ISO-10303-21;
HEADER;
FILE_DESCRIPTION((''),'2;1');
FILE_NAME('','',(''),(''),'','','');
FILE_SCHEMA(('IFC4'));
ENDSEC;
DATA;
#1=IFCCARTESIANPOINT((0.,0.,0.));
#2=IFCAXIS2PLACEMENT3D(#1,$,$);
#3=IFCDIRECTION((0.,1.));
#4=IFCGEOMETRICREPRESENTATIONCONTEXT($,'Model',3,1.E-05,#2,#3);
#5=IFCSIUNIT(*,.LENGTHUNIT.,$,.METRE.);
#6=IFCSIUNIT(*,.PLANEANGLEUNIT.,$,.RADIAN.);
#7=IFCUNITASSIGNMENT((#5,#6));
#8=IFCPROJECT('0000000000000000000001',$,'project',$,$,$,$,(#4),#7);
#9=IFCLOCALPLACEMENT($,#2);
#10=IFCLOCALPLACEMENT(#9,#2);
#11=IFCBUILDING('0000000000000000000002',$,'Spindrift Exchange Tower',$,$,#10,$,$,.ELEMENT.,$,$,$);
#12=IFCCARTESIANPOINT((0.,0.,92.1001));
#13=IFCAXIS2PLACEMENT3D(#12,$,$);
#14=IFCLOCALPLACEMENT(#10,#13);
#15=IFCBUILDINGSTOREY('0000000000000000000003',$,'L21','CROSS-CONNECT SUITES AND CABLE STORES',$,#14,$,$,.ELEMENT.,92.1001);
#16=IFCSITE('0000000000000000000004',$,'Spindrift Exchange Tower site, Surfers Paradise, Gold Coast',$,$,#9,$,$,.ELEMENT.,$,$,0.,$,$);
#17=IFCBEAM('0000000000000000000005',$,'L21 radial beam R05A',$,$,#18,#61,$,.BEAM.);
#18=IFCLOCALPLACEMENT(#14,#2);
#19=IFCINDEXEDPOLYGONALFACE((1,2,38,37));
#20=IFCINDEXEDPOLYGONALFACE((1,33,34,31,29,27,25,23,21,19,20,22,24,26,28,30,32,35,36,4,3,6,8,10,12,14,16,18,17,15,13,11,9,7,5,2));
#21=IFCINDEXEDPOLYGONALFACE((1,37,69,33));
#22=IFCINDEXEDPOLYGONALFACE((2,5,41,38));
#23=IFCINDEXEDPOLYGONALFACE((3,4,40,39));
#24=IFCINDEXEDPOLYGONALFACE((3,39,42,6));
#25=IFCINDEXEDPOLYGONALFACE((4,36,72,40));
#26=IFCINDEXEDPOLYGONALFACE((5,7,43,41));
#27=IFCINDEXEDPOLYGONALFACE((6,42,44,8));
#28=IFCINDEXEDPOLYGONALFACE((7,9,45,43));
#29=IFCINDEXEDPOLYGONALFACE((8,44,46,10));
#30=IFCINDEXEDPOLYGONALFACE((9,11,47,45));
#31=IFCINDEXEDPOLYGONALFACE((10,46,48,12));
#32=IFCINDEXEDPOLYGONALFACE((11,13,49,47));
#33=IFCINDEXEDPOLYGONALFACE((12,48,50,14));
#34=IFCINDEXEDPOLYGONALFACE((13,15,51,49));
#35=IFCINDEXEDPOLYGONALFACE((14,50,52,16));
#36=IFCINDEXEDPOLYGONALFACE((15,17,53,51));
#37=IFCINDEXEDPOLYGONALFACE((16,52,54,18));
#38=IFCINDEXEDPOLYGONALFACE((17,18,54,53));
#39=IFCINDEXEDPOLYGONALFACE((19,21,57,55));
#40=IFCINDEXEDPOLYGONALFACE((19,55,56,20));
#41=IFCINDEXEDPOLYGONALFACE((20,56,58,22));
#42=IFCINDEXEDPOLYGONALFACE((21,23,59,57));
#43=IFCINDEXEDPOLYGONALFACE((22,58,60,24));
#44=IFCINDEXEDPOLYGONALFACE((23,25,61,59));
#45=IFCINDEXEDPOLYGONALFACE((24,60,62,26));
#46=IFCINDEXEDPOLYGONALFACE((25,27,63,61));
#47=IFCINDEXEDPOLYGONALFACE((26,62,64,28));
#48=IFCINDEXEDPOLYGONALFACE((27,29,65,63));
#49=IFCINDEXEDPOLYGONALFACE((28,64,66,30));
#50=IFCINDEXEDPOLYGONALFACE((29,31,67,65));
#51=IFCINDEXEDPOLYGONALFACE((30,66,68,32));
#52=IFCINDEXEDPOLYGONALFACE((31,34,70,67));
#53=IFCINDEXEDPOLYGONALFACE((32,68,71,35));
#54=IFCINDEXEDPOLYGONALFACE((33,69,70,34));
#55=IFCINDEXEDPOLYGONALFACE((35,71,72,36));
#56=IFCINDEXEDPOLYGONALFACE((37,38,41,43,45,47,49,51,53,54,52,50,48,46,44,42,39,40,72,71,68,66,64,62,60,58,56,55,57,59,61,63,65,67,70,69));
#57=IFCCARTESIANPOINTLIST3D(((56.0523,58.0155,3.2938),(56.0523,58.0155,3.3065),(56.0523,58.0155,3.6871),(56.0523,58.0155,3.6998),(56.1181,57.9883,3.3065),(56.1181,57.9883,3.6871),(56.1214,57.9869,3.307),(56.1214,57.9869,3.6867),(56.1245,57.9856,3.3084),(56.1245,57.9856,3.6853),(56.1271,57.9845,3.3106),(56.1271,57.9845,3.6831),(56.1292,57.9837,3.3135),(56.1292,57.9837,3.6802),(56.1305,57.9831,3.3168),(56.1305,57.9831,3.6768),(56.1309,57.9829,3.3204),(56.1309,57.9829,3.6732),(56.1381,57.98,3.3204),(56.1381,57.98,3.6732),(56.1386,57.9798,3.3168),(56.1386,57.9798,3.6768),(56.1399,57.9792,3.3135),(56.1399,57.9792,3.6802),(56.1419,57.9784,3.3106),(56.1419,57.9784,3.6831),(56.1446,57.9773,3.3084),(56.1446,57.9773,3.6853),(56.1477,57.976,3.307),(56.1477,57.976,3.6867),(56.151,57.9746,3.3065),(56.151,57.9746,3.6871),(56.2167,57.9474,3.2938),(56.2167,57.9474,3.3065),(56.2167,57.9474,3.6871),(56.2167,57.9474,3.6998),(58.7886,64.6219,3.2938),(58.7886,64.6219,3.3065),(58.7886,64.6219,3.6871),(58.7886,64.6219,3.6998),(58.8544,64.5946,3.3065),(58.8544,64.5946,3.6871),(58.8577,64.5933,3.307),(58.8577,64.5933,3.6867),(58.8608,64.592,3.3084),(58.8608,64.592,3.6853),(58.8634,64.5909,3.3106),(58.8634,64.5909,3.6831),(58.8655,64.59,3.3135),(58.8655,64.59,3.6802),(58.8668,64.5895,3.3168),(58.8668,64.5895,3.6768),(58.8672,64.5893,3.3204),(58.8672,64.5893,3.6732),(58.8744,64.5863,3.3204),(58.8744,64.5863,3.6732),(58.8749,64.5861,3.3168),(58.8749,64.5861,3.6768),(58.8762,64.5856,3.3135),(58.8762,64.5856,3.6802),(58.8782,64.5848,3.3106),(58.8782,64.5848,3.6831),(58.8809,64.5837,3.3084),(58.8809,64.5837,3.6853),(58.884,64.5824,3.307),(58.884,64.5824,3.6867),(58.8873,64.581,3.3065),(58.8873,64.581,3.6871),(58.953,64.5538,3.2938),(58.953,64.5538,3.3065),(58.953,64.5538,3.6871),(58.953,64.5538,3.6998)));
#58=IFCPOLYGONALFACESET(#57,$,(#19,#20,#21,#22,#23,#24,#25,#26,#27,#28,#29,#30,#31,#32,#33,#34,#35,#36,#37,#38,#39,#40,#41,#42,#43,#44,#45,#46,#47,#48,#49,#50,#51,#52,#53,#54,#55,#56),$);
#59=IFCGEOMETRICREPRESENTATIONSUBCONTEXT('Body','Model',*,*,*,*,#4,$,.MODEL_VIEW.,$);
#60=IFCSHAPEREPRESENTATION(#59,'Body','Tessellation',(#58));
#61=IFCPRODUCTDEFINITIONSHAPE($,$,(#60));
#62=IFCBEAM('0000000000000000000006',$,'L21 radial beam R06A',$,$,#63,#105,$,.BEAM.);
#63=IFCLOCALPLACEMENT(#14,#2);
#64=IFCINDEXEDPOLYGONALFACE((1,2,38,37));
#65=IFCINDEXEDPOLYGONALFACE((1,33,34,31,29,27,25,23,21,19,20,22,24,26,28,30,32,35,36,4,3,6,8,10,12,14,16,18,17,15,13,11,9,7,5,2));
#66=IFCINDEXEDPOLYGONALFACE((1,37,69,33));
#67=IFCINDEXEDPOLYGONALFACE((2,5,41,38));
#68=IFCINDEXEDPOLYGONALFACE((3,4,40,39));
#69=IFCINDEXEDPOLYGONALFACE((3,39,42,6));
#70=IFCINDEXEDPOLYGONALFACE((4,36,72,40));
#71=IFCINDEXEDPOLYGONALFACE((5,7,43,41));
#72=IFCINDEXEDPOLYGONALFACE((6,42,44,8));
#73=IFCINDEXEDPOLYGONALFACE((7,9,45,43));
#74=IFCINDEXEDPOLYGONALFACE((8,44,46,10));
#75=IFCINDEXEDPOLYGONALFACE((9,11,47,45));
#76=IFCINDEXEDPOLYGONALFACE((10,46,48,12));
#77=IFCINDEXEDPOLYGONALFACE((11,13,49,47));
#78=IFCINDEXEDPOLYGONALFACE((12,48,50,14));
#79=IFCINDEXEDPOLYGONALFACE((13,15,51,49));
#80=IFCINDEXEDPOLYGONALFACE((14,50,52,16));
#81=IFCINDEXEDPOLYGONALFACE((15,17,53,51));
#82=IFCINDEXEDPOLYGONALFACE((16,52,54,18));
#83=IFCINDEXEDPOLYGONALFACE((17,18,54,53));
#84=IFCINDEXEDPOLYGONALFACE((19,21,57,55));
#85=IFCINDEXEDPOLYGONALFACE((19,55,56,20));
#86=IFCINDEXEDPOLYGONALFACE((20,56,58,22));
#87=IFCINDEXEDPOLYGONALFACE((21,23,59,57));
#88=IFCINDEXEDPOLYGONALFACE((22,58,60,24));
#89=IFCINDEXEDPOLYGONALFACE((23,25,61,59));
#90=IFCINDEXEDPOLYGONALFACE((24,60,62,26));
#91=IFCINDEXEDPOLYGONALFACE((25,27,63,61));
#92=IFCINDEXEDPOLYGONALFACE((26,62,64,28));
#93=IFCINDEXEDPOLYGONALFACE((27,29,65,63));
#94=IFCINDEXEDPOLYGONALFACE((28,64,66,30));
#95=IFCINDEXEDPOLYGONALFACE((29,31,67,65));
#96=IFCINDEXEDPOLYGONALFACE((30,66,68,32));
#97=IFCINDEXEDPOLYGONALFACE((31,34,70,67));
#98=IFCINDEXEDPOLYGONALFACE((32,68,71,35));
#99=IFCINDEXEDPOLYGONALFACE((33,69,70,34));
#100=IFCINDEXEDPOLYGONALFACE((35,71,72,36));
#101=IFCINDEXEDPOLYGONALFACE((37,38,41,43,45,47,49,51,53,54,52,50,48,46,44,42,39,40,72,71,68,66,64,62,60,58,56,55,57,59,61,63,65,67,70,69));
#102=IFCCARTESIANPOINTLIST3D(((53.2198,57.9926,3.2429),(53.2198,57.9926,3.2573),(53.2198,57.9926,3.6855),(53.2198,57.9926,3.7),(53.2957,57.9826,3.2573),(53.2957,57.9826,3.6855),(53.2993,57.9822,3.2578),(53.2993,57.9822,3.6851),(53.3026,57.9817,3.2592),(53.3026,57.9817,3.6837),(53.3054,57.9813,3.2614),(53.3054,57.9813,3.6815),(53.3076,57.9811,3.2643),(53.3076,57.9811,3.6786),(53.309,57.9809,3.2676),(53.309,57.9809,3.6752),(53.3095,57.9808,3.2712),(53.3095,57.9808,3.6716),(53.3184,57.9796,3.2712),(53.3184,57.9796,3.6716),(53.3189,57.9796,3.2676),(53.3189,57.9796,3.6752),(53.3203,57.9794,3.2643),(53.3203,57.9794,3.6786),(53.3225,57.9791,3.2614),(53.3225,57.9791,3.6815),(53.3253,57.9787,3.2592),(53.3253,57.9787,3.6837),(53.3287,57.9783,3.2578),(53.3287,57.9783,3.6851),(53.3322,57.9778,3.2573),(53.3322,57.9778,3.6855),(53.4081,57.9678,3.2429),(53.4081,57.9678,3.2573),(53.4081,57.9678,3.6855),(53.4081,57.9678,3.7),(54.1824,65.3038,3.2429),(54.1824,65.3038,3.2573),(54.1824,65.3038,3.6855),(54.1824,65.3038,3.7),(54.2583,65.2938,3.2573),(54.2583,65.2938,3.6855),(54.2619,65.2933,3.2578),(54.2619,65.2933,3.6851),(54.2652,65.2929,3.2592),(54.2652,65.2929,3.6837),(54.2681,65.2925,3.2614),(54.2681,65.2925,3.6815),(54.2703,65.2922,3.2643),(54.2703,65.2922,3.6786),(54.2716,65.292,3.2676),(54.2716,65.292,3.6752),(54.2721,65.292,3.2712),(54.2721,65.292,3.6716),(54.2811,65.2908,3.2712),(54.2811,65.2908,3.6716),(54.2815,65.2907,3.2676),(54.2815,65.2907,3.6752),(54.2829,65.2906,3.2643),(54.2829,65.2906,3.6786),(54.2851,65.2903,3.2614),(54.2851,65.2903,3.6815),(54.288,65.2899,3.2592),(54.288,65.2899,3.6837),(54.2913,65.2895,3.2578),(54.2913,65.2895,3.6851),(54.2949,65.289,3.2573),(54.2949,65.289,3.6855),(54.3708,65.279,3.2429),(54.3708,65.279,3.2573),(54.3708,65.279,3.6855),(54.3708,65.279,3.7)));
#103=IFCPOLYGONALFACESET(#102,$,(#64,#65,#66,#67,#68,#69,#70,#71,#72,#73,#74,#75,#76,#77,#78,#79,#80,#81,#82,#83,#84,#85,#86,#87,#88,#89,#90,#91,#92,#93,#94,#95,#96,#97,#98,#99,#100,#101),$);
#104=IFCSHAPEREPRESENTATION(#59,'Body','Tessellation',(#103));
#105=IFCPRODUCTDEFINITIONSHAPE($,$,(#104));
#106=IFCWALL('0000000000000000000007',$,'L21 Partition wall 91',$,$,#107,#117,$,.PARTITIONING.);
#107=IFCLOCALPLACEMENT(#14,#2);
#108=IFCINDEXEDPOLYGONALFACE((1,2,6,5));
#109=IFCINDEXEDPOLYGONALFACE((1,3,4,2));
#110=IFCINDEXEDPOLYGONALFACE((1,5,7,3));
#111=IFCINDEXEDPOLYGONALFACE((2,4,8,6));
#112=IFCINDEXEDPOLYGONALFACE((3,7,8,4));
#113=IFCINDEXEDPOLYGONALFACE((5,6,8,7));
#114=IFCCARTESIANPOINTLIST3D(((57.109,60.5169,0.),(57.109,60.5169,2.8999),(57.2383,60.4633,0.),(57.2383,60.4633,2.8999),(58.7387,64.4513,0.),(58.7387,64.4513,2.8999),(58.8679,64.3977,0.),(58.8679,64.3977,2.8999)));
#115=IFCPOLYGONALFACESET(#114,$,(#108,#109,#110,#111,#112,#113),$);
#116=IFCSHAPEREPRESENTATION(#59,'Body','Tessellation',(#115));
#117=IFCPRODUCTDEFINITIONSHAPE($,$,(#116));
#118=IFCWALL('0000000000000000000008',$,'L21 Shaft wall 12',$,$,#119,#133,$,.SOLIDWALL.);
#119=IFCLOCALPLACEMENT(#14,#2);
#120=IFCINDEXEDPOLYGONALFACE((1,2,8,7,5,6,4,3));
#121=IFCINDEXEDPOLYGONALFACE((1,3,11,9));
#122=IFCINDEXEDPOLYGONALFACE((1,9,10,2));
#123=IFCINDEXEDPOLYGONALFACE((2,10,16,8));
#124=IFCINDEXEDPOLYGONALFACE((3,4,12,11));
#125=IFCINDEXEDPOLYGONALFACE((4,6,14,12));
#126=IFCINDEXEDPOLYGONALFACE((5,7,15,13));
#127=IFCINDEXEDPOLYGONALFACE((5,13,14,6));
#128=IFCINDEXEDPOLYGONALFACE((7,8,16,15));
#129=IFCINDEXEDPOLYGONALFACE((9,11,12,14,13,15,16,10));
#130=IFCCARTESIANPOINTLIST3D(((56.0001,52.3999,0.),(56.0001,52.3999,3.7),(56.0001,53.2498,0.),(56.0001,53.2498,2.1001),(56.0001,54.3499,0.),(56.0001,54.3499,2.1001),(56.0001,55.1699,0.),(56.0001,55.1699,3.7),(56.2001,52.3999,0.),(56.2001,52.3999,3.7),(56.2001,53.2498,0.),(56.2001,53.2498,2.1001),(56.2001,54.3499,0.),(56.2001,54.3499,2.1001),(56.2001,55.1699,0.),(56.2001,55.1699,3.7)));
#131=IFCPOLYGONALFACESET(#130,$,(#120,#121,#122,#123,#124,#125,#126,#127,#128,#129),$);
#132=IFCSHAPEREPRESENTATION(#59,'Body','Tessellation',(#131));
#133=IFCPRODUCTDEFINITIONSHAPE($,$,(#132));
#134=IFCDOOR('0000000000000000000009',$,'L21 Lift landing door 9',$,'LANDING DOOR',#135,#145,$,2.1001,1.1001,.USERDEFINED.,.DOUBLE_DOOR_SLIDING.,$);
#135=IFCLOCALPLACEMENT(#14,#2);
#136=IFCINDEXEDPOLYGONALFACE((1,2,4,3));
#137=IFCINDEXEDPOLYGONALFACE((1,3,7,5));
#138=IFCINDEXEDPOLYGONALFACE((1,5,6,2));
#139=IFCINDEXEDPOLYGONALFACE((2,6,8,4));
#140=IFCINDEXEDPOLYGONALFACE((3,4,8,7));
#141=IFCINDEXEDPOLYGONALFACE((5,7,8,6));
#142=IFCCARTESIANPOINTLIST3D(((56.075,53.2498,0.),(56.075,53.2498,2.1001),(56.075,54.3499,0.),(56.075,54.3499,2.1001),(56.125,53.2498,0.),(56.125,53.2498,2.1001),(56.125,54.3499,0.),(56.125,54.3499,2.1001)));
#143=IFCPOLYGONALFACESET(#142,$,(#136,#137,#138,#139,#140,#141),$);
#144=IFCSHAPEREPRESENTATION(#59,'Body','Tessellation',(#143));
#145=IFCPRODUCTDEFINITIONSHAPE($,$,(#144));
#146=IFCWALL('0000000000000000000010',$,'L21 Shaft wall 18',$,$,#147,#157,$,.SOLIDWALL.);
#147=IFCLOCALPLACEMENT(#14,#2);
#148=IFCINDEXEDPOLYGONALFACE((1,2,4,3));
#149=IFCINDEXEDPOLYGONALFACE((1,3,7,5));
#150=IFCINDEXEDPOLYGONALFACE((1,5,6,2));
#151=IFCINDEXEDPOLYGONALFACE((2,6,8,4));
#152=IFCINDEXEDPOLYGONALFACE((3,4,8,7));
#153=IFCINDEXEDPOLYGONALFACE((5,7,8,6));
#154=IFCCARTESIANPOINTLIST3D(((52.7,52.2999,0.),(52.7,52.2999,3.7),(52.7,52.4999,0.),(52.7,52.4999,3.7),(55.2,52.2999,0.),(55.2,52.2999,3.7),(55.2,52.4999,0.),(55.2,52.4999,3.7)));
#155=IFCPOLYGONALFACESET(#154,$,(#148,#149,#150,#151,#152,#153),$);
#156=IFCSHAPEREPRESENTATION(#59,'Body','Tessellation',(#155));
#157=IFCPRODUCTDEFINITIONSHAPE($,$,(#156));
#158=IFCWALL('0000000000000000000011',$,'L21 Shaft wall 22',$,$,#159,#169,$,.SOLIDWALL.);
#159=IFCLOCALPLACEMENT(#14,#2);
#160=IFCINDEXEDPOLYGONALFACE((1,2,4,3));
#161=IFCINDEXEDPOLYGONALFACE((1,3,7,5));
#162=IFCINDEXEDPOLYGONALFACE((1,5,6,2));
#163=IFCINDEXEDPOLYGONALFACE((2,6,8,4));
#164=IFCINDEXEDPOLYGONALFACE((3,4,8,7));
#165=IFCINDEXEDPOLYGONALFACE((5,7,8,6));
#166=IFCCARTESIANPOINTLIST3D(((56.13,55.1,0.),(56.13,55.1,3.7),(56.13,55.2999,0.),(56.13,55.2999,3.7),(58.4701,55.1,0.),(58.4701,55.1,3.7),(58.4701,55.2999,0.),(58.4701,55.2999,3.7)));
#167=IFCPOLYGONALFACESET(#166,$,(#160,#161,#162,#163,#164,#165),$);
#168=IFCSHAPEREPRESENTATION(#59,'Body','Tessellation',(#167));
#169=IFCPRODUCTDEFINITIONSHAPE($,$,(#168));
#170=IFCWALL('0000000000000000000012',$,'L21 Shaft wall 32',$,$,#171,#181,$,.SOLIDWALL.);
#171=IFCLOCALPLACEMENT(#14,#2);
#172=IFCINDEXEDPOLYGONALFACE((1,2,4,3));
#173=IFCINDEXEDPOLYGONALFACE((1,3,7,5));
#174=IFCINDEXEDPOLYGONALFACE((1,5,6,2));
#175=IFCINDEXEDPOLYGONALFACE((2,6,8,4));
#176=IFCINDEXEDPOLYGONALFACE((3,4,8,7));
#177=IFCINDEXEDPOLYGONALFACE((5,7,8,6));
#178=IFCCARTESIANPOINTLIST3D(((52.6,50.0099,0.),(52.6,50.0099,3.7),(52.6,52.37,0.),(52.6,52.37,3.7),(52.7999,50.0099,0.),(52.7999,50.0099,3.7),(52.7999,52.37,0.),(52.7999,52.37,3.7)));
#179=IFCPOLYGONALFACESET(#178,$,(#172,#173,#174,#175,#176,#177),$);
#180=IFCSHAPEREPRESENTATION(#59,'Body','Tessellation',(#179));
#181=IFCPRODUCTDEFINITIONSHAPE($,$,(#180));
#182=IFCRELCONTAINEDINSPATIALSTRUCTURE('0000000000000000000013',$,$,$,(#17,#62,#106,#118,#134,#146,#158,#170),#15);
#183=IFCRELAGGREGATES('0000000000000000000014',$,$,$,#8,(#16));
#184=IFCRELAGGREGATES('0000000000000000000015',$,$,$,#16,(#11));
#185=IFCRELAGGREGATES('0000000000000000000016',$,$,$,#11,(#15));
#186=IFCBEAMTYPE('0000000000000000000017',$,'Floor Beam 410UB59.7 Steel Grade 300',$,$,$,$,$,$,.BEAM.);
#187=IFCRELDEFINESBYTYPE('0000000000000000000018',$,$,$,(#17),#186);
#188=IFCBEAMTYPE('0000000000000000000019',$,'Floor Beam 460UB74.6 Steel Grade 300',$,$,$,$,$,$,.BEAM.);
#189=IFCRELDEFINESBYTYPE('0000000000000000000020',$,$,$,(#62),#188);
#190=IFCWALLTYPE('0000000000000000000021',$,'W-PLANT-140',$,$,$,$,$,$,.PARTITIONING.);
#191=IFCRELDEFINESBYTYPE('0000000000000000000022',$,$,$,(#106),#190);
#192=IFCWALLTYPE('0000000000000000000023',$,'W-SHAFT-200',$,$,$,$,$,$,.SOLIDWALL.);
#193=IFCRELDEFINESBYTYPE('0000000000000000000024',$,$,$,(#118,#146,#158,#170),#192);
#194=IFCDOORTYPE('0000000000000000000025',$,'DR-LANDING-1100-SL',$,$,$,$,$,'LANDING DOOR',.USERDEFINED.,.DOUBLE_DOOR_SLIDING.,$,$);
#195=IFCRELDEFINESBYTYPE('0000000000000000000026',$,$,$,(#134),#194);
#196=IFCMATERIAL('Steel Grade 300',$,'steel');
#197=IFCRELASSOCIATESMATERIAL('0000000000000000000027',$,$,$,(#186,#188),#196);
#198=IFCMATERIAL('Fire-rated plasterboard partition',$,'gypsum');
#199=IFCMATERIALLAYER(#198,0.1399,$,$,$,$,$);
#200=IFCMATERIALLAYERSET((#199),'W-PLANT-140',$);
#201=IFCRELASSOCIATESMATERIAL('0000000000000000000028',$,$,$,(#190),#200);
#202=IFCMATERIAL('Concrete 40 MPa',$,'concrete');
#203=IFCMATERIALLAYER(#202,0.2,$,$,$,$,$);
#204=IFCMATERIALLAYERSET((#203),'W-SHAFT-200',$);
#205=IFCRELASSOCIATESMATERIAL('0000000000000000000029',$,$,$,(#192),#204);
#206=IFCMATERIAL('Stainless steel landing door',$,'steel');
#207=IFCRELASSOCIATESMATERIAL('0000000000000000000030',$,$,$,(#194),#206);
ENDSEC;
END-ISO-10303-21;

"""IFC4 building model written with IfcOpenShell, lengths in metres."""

from ifc_helpers import new_model, si_unit, direction, frame, frame_2d, origin, origin_2d, place, context, subcontext, project, spatial, rectangle, i_section, extrude, source, transform, mapped, material, layer, layer_set, material_profile, profile_set, type_object, element, fill, save


model = new_model("IFC4")

# Units and contexts
model_context = context("Model", 3, precision=1e-05, world=origin(), true_north=direction((0.0, 1.0)))
body_context = subcontext(model_context, "Body", "Model", "MODEL_VIEW")
ifc_project = project(units=[si_unit("LENGTHUNIT", "METRE"), si_unit("PLANEANGLEUNIT", "RADIAN")], contexts=[model_context])

# Site, building, storey
site_placement = place(None, origin())
site = spatial("IfcSite", under=ifc_project, at=site_placement, Name="Spindrift Exchange Tower site, Surfers Paradise, Gold Coast", CompositionType="ELEMENT", RefElevation=0.0)
building_placement = place(site_placement, origin())
building = spatial("IfcBuilding", under=site, at=building_placement, Name="Spindrift Exchange Tower", CompositionType="ELEMENT")
storey_placement = place(building_placement, frame((0.0, 0.0, 92.1001)))
storey = spatial("IfcBuildingStorey", under=building, at=storey_placement, Name="L21", Description="CROSS-CONNECT SUITES AND CABLE STORES", CompositionType="ELEMENT", Elevation=92.1001)

# Beams
ifc_material_1 = material(Name="Steel Grade 300", Category="steel")
ifc_material_profile_1 = material_profile(ifc_material_1, i_section(OverallWidth=0.178, OverallDepth=0.406, WebThickness=0.0078, FlangeThickness=0.0127, FilletRadius=0.0139, at=origin_2d()), Name="410UB59.7")
ifc_profile_set_1 = profile_set([ifc_material_profile_1], Name="Steel Grade 300")
beam_type_1 = type_object("IfcBeamType", Name="Floor Beam 410UB59.7 Steel Grade 300", PredefinedType="BEAM", material=ifc_profile_set_1)
shared_shape_1 = source(origin(), body_context, "Body", "SweptSolid", [
    extrude(i_section(OverallWidth=0.178, OverallDepth=0.406, WebThickness=0.0078, FlangeThickness=0.0127, FilletRadius=0.0139, at=origin_2d()), origin(), (0.0, 0.0, 1.0), 7.1506),
])
beam_1_placement = place(storey_placement, frame((56.1345, 57.9814, 3.4968), z_axis=(0.382665, 0.923887, 0.0), x_axis=(-0.923887, 0.382665, 0.0)))
element("IfcBeam", 1, at=beam_1_placement, inside=storey, type_object=beam_type_1, Name="L21 radial beam R05A", PredefinedType="BEAM", context=body_context, shape_type="MappedRepresentation", body=[
    mapped(shared_shape_1, transform((0.0, 0.0, 0.0), scale=1.0)),
])
ifc_material_profile_2 = material_profile(ifc_material_1, i_section(OverallWidth=0.1899, OverallDepth=0.457, WebThickness=0.009, FlangeThickness=0.0144, FilletRadius=0.0139, at=origin_2d()), Name="460UB74.6")
ifc_profile_set_2 = profile_set([ifc_material_profile_2], Name="Steel Grade 300")
beam_type_2 = type_object("IfcBeamType", Name="Floor Beam 460UB74.6 Steel Grade 300", PredefinedType="BEAM", material=ifc_profile_set_2)
shared_shape_2 = source(origin(), body_context, "Body", "SweptSolid", [
    extrude(i_section(OverallWidth=0.1899, OverallDepth=0.457, WebThickness=0.009, FlangeThickness=0.0144, FilletRadius=0.0139, at=origin_2d()), origin(), (0.0, 0.0, 1.0), 7.3743),
])
beam_2_placement = place(storey_placement, frame((53.314, 57.9802, 3.4714), z_axis=(0.130539, 0.991443, 0.0), x_axis=(-0.991443, 0.130539, 0.0)))
element("IfcBeam", 2, at=beam_2_placement, inside=storey, type_object=beam_type_2, Name="L21 radial beam R06A", PredefinedType="BEAM", context=body_context, shape_type="MappedRepresentation", body=[
    mapped(shared_shape_2, transform((0.0, 0.0, 0.0), scale=1.0)),
])

# Wall
ifc_material_2 = material(Name="Fire-rated plasterboard partition", Category="gypsum")
ifc_layer_1 = layer(ifc_material_2, 0.1399)
ifc_layer_set_1 = layer_set([ifc_layer_1], Name="W-PLANT-140")
wall_type_1 = type_object("IfcWallType", Name="W-PLANT-140", PredefinedType="PARTITIONING", material=ifc_layer_set_1)
wall_1_placement = place(storey_placement, frame((57.1736, 60.49, 0.0), z_axis=(0.0, 0.0, 1.0), x_axis=(0.382681, 0.923881, 0.0)))
element("IfcWall", 3, at=wall_1_placement, inside=storey, type_object=wall_type_1, Name="L21 Partition wall 91", PredefinedType="PARTITIONING", context=body_context, shape_type="SweptSolid", body=[
    extrude(rectangle(XDim=4.2585, YDim=0.1399, at=frame_2d((2.1294, 0.0))), origin(), (0.0, 0.0, 1.0), 2.8999),
])

# Wall, opening, door
ifc_material_3 = material(Name="Concrete 40 MPa", Category="concrete")
ifc_layer_2 = layer(ifc_material_3, 0.2)
ifc_layer_set_2 = layer_set([ifc_layer_2], Name="W-SHAFT-200")
wall_type_2 = type_object("IfcWallType", Name="W-SHAFT-200", PredefinedType="SOLIDWALL", material=ifc_layer_set_2)
wall_2_placement = place(storey_placement, frame((56.1001, 55.1699, 0.0), z_axis=(0.0, 0.0, 1.0), x_axis=(0.0, -1.0, 0.0)))
wall_2 = element("IfcWall", 4, at=wall_2_placement, inside=storey, type_object=wall_type_2, Name="L21 Shaft wall 12", PredefinedType="SOLIDWALL", context=body_context, shape_type="SweptSolid", body=[
    extrude(rectangle(XDim=2.77, YDim=0.2, at=frame_2d((1.385, 0.0))), origin(), (0.0, 0.0, 1.0), 3.7),
])
opening_1_placement = place(wall_2_placement, frame((0.8201, 0.0, 0.0)))
opening_1 = element("IfcOpeningElement", 5, at=opening_1_placement, cuts=wall_2, PredefinedType="OPENING", context=body_context, shape_type="SweptSolid", body=[
    extrude(rectangle(XDim=1.1001, YDim=2.1001, at=frame_2d((0.55, 1.05))), frame((0.0, 0.1099, 0.0), z_axis=(0.0, -1.0, 0.0), x_axis=(1.0, 0.0, 0.0)), (0.0, 0.0, 1.0), 0.22),
])
ifc_material_4 = material(Name="Stainless steel landing door", Category="steel")
door_type_1 = type_object("IfcDoorType", Name="DR-LANDING-1100-SL", ElementType="LANDING DOOR", OperationType="DOUBLE_DOOR_SLIDING", PredefinedType="USERDEFINED", material=ifc_material_4)
shared_shape_3 = source(origin(), body_context, "Body", "SweptSolid", [
    extrude(rectangle(XDim=1.1001, YDim=2.1001, at=frame_2d((0.55, 1.05))), frame((0.0, 0.0249, 0.0), z_axis=(0.0, -1.0, 0.0), x_axis=(1.0, 0.0, 0.0)), (0.0, 0.0, 1.0), 0.05),
])
door_1_placement = place(opening_1_placement, origin())
door_1 = element("IfcDoor", 6, at=door_1_placement, inside=storey, type_object=door_type_1, Name="L21 Lift landing door 9", ObjectType="LANDING DOOR", OperationType="DOUBLE_DOOR_SLIDING", OverallHeight=2.1001, OverallWidth=1.1001, PredefinedType="USERDEFINED", context=body_context, shape_type="MappedRepresentation", body=[
    mapped(shared_shape_3, transform((0.0, 0.0, 0.0), scale=1.0)),
])
fill(opening_1, door_1)

# Walls
wall_3_placement = place(storey_placement, frame((55.2, 52.3999, 0.0), z_axis=(0.0, 0.0, 1.0), x_axis=(-1.0, 0.0, 0.0)))
element("IfcWall", 7, at=wall_3_placement, inside=storey, type_object=wall_type_2, Name="L21 Shaft wall 18", PredefinedType="SOLIDWALL", context=body_context, shape_type="SweptSolid", body=[
    extrude(rectangle(XDim=2.5, YDim=0.2, at=frame_2d((1.25, 0.0))), origin(), (0.0, 0.0, 1.0), 3.7),
])
wall_4_placement = place(storey_placement, frame((58.47, 55.2, 0.0), z_axis=(0.0, 0.0, 1.0), x_axis=(-1.0, 0.0, 0.0)))
element("IfcWall", 8, at=wall_4_placement, inside=storey, type_object=wall_type_2, Name="L21 Shaft wall 22", PredefinedType="SOLIDWALL", context=body_context, shape_type="SweptSolid", body=[
    extrude(rectangle(XDim=2.3401, YDim=0.2, at=frame_2d((1.1699, 0.0))), origin(), (0.0, 0.0, 1.0), 3.7),
])
wall_5_placement = place(storey_placement, frame((52.7, 52.3701, 0.0), z_axis=(0.0, 0.0, 1.0), x_axis=(0.0, -1.0, 0.0)))
element("IfcWall", 9, at=wall_5_placement, inside=storey, type_object=wall_type_2, Name="L21 Shaft wall 32", PredefinedType="SOLIDWALL", context=body_context, shape_type="SweptSolid", body=[
    extrude(rectangle(XDim=2.3601, YDim=0.2, at=frame_2d((1.1802, 0.0))), origin(), (0.0, 0.0, 1.0), 3.7),
])

save(model, "model.ifc")
